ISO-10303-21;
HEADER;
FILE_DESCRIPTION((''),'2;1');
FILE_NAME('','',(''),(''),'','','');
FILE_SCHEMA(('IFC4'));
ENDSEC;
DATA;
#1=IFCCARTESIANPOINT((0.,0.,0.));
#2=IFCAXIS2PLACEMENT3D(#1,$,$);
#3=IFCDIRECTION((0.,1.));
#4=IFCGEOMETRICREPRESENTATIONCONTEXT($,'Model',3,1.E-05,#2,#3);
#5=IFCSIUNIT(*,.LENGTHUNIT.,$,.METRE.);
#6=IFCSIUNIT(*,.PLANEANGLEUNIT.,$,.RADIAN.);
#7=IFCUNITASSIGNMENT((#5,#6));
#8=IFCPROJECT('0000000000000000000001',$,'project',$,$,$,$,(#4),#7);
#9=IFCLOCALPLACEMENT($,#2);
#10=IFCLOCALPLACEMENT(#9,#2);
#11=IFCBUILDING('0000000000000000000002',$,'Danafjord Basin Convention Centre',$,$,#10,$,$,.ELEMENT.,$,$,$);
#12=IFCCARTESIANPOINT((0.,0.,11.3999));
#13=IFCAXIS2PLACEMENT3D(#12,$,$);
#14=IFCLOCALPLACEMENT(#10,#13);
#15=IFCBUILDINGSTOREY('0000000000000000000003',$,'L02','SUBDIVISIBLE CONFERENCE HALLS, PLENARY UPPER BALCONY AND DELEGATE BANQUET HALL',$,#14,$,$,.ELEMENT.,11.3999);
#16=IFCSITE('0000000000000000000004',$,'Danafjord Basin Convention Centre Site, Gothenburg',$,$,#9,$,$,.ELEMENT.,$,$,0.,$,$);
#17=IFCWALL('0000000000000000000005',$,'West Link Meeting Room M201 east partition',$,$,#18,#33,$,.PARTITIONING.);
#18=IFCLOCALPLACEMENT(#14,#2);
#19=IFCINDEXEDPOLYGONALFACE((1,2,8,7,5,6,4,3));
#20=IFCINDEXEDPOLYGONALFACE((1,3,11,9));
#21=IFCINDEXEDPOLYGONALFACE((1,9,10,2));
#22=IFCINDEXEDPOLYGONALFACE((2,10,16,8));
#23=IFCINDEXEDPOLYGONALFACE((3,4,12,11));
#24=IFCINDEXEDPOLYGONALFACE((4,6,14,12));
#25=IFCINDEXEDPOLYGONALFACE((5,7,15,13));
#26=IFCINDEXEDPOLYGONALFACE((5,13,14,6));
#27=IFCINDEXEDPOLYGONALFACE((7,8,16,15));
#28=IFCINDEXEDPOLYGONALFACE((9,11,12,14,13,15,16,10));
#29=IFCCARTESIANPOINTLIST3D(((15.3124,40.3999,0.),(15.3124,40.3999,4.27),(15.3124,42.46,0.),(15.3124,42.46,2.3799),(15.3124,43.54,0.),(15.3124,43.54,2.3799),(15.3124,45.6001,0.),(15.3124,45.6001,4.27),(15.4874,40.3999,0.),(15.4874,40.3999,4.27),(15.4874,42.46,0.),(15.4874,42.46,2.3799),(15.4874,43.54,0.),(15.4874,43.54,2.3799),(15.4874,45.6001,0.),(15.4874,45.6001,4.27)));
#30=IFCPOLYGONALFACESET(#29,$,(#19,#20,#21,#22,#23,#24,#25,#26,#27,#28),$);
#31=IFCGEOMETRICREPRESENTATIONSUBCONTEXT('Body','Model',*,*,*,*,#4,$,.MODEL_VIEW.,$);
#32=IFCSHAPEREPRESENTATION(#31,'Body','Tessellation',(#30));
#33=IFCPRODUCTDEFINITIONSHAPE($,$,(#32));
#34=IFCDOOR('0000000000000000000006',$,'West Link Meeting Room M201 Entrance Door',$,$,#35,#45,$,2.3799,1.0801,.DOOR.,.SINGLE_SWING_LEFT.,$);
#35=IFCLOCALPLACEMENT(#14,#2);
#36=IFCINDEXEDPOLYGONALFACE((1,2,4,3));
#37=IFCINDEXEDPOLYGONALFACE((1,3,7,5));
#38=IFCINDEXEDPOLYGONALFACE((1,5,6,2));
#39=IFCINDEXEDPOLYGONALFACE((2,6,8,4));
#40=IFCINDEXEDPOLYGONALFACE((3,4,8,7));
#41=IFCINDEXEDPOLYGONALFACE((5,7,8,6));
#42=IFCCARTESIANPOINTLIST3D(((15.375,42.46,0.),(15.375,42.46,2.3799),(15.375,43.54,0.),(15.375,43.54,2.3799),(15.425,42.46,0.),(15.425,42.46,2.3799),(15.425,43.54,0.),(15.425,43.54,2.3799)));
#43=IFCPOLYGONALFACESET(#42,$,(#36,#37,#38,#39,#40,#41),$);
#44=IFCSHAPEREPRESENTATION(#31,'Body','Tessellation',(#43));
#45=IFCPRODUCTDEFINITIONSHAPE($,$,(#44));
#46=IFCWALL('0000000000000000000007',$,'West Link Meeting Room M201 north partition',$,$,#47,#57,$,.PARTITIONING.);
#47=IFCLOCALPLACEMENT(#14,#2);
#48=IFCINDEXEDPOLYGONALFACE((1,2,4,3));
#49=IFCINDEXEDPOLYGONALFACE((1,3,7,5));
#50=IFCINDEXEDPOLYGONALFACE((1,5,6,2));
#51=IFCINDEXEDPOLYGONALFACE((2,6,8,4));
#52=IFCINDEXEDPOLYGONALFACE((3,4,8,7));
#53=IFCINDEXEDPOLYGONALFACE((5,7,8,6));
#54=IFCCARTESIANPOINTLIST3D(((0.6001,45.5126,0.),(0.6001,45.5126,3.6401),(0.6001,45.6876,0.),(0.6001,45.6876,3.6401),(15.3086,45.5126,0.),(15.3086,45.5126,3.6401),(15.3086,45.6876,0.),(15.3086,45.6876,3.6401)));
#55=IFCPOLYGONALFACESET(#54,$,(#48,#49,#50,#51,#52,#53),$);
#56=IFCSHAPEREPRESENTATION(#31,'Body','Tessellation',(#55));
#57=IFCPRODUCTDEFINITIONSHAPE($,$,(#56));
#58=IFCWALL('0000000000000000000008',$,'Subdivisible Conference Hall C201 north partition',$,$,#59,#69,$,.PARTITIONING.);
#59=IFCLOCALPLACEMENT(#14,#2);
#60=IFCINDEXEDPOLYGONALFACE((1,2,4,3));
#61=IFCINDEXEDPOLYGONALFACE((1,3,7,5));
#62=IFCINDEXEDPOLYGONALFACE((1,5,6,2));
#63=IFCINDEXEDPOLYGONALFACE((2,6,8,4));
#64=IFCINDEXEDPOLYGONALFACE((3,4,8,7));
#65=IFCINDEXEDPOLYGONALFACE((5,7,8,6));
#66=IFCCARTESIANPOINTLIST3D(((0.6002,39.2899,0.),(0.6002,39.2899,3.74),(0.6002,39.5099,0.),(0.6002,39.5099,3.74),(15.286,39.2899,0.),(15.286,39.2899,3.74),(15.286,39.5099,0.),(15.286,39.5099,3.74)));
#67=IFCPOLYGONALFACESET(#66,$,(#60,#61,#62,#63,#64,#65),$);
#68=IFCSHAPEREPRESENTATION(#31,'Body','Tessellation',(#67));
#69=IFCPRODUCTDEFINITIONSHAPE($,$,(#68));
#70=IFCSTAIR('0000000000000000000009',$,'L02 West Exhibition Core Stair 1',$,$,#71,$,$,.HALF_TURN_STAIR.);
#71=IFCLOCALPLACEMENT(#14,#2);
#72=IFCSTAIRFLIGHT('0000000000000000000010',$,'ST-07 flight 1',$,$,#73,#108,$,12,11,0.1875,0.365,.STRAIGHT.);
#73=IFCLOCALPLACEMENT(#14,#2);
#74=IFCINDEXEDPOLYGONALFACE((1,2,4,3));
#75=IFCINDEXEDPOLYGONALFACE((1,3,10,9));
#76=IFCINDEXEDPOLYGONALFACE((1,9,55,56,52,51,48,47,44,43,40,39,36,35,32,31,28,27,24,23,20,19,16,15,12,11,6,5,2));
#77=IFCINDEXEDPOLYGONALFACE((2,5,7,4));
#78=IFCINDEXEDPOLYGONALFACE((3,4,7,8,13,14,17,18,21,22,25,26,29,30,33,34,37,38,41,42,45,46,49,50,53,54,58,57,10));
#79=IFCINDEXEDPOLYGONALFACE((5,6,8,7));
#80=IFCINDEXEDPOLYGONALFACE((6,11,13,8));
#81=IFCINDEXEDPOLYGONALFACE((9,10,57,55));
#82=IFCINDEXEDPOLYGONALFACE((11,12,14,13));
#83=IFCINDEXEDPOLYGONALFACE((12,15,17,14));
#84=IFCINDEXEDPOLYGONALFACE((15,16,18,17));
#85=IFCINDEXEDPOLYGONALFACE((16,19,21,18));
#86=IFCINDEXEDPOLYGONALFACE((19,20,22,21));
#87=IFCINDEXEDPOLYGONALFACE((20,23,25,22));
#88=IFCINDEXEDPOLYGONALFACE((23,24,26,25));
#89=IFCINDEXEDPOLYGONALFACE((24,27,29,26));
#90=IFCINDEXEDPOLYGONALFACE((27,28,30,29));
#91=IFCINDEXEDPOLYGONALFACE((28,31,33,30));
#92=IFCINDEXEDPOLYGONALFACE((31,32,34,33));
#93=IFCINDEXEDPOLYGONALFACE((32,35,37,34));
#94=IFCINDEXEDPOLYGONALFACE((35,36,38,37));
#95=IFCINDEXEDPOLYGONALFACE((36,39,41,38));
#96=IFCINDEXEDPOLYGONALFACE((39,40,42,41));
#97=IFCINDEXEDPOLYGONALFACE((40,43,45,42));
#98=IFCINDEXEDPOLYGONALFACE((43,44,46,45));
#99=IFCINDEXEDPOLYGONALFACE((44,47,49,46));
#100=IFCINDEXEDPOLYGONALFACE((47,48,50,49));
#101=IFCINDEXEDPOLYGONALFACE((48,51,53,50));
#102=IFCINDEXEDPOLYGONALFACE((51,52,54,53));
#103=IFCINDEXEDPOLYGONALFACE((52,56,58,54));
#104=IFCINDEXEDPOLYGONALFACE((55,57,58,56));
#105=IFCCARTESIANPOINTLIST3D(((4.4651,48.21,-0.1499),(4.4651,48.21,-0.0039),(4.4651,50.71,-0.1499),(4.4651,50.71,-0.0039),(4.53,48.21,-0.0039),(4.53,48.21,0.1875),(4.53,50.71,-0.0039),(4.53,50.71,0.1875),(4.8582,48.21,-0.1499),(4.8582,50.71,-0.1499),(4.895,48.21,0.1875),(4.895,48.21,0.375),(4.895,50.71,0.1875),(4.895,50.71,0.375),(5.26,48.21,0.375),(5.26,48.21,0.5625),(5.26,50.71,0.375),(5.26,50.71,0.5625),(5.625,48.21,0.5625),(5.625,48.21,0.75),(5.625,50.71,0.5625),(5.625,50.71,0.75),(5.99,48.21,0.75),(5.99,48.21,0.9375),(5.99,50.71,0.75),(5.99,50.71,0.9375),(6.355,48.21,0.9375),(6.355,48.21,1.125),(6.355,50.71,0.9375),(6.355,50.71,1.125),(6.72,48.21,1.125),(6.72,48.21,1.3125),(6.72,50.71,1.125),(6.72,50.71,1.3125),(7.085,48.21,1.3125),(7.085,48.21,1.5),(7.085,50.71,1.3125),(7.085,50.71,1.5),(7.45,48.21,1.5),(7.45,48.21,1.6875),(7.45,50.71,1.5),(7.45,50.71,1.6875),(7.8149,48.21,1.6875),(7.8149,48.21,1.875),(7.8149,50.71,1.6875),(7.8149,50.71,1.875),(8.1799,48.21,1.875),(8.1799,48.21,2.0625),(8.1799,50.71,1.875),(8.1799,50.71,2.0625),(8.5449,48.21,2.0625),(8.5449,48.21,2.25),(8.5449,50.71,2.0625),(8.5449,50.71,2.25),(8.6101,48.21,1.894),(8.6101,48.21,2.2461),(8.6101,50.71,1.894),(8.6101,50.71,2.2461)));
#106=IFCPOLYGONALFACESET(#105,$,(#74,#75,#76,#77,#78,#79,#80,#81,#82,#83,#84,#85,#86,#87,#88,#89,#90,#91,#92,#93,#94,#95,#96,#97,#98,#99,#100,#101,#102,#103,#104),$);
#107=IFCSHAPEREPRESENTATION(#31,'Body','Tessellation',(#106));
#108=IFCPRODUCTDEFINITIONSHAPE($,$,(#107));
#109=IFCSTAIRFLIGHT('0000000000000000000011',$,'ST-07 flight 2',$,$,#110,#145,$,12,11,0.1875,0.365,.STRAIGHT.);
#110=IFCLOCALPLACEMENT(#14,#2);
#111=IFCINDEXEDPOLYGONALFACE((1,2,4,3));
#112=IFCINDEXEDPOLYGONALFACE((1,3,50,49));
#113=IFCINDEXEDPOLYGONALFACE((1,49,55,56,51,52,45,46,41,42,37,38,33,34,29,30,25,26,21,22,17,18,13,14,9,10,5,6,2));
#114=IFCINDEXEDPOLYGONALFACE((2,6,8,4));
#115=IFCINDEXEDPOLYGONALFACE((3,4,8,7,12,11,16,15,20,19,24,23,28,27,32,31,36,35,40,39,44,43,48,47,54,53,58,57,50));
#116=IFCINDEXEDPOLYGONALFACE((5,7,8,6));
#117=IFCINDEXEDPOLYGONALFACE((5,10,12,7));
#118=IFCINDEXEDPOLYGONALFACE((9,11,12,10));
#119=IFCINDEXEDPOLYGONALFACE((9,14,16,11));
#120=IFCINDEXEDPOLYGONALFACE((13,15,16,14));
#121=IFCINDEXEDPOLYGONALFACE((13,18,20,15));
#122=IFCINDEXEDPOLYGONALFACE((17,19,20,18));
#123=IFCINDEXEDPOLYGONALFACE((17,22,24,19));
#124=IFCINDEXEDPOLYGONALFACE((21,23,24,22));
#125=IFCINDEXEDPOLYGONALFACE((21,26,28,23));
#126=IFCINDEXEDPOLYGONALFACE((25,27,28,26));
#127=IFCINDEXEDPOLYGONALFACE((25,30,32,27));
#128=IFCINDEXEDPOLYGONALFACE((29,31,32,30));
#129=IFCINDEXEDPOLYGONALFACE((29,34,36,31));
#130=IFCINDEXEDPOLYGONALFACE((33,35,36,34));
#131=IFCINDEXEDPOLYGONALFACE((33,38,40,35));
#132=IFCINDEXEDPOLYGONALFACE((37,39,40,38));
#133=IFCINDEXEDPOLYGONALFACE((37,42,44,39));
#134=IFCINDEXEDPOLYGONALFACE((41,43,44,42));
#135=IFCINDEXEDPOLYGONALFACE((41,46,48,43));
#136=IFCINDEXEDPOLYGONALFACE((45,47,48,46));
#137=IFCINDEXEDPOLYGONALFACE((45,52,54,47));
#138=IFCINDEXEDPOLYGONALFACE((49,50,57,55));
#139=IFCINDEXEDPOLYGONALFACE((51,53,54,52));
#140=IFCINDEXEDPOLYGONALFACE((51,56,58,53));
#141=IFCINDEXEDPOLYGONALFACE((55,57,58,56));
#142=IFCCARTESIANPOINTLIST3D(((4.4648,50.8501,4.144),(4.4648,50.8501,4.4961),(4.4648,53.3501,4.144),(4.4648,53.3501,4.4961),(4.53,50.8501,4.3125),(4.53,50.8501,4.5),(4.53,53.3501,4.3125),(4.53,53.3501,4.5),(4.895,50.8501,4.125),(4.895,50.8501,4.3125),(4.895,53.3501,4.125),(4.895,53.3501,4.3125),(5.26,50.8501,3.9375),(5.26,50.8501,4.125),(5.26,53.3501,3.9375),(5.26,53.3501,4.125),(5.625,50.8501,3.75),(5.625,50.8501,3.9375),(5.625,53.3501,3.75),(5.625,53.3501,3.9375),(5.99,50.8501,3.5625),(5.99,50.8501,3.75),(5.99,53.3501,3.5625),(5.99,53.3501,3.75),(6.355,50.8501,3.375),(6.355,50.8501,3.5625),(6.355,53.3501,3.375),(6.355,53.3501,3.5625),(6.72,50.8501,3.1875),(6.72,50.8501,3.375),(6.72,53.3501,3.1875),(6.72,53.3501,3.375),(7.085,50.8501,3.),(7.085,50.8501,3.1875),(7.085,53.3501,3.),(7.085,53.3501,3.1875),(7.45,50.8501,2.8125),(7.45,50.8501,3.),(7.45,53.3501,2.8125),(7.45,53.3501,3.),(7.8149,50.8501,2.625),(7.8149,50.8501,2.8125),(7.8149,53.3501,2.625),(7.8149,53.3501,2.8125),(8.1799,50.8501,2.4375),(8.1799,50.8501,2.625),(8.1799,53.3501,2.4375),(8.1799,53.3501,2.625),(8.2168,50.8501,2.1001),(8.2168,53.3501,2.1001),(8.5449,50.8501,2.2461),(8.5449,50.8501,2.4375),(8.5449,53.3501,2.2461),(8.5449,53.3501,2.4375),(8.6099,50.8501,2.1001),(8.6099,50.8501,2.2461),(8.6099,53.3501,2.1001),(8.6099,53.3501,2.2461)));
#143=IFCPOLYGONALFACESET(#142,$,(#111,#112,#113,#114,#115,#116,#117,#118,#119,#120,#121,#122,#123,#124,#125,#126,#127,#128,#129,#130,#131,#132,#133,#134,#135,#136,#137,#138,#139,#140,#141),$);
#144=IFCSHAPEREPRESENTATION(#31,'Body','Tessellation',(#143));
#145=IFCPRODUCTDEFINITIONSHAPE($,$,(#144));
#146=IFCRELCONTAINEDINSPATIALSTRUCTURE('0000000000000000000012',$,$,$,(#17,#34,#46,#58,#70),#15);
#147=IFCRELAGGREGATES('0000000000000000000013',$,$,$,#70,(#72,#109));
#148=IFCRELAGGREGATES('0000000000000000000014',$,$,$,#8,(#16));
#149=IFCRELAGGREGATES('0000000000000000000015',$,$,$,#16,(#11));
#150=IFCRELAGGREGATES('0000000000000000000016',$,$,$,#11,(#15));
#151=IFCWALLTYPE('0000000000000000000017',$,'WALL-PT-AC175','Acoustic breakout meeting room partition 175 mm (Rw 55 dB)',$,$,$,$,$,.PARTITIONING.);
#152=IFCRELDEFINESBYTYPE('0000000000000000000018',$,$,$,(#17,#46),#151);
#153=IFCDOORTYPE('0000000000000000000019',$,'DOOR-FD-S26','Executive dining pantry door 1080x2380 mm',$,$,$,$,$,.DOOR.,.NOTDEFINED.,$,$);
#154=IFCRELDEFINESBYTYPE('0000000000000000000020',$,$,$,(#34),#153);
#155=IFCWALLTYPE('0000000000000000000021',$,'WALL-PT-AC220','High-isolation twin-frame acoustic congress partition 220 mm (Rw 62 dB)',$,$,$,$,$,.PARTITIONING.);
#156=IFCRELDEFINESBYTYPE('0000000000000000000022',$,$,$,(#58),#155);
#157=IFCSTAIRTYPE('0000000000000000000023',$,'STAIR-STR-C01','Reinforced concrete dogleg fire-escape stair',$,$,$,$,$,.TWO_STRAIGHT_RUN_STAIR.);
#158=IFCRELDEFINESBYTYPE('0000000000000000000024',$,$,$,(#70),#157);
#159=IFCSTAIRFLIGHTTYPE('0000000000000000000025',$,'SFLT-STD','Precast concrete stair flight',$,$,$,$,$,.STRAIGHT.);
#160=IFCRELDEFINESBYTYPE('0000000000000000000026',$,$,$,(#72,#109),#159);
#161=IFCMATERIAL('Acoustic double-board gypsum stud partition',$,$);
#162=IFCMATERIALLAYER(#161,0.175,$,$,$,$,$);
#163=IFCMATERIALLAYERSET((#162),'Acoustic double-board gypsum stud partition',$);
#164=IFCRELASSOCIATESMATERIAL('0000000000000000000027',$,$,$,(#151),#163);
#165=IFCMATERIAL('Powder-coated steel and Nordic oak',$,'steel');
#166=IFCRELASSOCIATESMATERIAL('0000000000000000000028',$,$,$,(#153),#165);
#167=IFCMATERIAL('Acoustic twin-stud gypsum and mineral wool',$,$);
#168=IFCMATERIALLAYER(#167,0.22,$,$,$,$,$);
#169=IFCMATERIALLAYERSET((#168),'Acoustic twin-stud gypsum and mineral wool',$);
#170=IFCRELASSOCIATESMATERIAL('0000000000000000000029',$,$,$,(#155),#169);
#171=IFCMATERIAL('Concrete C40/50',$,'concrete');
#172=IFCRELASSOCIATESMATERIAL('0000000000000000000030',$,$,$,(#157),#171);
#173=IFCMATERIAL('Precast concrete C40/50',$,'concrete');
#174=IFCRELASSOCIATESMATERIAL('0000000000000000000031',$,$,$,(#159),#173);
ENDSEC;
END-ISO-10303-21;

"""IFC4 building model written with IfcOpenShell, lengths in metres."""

from ifc_helpers import new_model, si_unit, direction, frame, frame_2d, origin, place, context, subcontext, project, spatial, polyline, rectangle, outline, extrude, material, layer, layer_set, type_object, element, fill, aggregate, save


model = new_model("IFC4")

# Units and contexts
model_context = context("Model", 3, precision=1e-05, world=origin(), true_north=direction((0.0, 1.0)))
body_context = subcontext(model_context, "Body", "Model", "MODEL_VIEW")
ifc_project = project(units=[si_unit("LENGTHUNIT", "METRE"), si_unit("PLANEANGLEUNIT", "RADIAN")], contexts=[model_context])

# Site, building, storey
site_placement = place(None, origin())
site = spatial("IfcSite", under=ifc_project, at=site_placement, Name="Danafjord Basin Convention Centre Site, Gothenburg", CompositionType="ELEMENT", RefElevation=0.0)
building_placement = place(site_placement, origin())
building = spatial("IfcBuilding", under=site, at=building_placement, Name="Danafjord Basin Convention Centre", CompositionType="ELEMENT")
storey_placement = place(building_placement, frame((0.0, 0.0, 11.3999)))
storey = spatial("IfcBuildingStorey", under=building, at=storey_placement, Name="L02", Description="SUBDIVISIBLE CONFERENCE HALLS, PLENARY UPPER BALCONY AND DELEGATE BANQUET HALL", CompositionType="ELEMENT", Elevation=11.3999)

# Shared definitions
ifc_material_1 = material(Name="Concrete C40/50", Category="concrete")

# Wall, opening, door
ifc_material_2 = material(Name="Acoustic double-board gypsum stud partition")
ifc_layer_1 = layer(ifc_material_2, 0.175)
ifc_layer_set_1 = layer_set([ifc_layer_1], Name="Acoustic double-board gypsum stud partition")
wall_type_1 = type_object("IfcWallType", Name="WALL-PT-AC175", Description="Acoustic breakout meeting room partition 175 mm (Rw 55 dB)", PredefinedType="PARTITIONING", material=ifc_layer_set_1)
wall_1_placement = place(storey_placement, frame((15.3999, 40.3999, 0.0), z_axis=(0.0, 0.0, 1.0), x_axis=(0.0, 1.0, 0.0)))
wall_1 = element("IfcWall", 1, at=wall_1_placement, inside=storey, type_object=wall_type_1, Name="West Link Meeting Room M201 east partition", PredefinedType="PARTITIONING", context=body_context, shape_type="SweptSolid", body=[
    extrude(rectangle(XDim=5.2002, YDim=0.175, at=frame_2d((2.6001, 0.0))), origin(), (0.0, 0.0, 1.0), 4.27),
])
opening_1_placement = place(wall_1_placement, frame((2.0601, 0.0, 0.0)))
opening_1 = element("IfcOpeningElement", 2, at=opening_1_placement, cuts=wall_1, PredefinedType="OPENING", context=body_context, shape_type="SweptSolid", body=[
    extrude(rectangle(XDim=1.0801, YDim=2.3799, at=frame_2d((0.54, 1.1899))), frame((0.0, 0.0974, 0.0), z_axis=(0.0, -1.0, 0.0), x_axis=(1.0, 0.0, 0.0)), (0.0, 0.0, 1.0), 0.1951),
])
ifc_material_3 = material(Name="Powder-coated steel and Nordic oak", Category="steel")
door_type_1 = type_object("IfcDoorType", Name="DOOR-FD-S26", Description="Executive dining pantry door 1080x2380 mm", OperationType="NOTDEFINED", PredefinedType="DOOR", material=ifc_material_3)
door_1_placement = place(opening_1_placement, origin())
door_1 = element("IfcDoor", 3, at=door_1_placement, inside=storey, type_object=door_type_1, Name="West Link Meeting Room M201 Entrance Door", OperationType="SINGLE_SWING_LEFT", OverallHeight=2.3799, OverallWidth=1.0801, PredefinedType="DOOR", context=body_context, shape_type="SweptSolid", body=[
    extrude(rectangle(XDim=1.0801, YDim=2.3799, at=frame_2d((0.54, 1.1899))), frame((0.0, 0.0249, 0.0), z_axis=(0.0, -1.0, 0.0), x_axis=(1.0, 0.0, 0.0)), (0.0, 0.0, 1.0), 0.05),
])
fill(opening_1, door_1)

# Walls
wall_2_placement = place(storey_placement, frame((15.3086, 45.6001, 0.0), z_axis=(0.0, 0.0, 1.0), x_axis=(-1.0, 0.0, 0.0)))
element("IfcWall", 4, at=wall_2_placement, inside=storey, type_object=wall_type_1, Name="West Link Meeting Room M201 north partition", PredefinedType="PARTITIONING", context=body_context, shape_type="SweptSolid", body=[
    extrude(rectangle(XDim=14.7085, YDim=0.175, at=frame_2d((7.3542, 0.0))), origin(), (0.0, 0.0, 1.0), 3.6401),
])
ifc_material_4 = material(Name="Acoustic twin-stud gypsum and mineral wool")
ifc_layer_2 = layer(ifc_material_4, 0.22)
ifc_layer_set_2 = layer_set([ifc_layer_2], Name="Acoustic twin-stud gypsum and mineral wool")
wall_type_2 = type_object("IfcWallType", Name="WALL-PT-AC220", Description="High-isolation twin-frame acoustic congress partition 220 mm (Rw 62 dB)", PredefinedType="PARTITIONING", material=ifc_layer_set_2)
wall_3_placement = place(storey_placement, frame((15.2859, 39.3999, 0.0), z_axis=(0.0, 0.0, 1.0), x_axis=(-1.0, 0.0, 0.0)))
element("IfcWall", 5, at=wall_3_placement, inside=storey, type_object=wall_type_2, Name="Subdivisible Conference Hall C201 north partition", PredefinedType="PARTITIONING", context=body_context, shape_type="SweptSolid", body=[
    extrude(rectangle(XDim=14.6858, YDim=0.22, at=frame_2d((7.3428, 0.0))), origin(), (0.0, 0.0, 1.0), 3.74),
])

# Stair, stair flights
stair_type = type_object("IfcStairType", Name="STAIR-STR-C01", Description="Reinforced concrete dogleg fire-escape stair", PredefinedType="TWO_STRAIGHT_RUN_STAIR", material=ifc_material_1)
stair_placement = place(storey_placement, origin())
stair = element("IfcStair", 6, at=stair_placement, inside=storey, type_object=stair_type, Name="L02 West Exhibition Core Stair 1", PredefinedType="HALF_TURN_STAIR")
ifc_material_5 = material(Name="Precast concrete C40/50", Category="concrete")
stair_flight_type = type_object("IfcStairFlightType", Name="SFLT-STD", Description="Precast concrete stair flight", PredefinedType="STRAIGHT", material=ifc_material_5)
stair_flight_1_placement = place(storey_placement, frame((4.53, 49.46, 0.0), z_axis=(0.0, 0.0, 1.0), x_axis=(1.0, 0.0, 0.0)))
stair_flight_1 = element("IfcStairFlight", 7, at=stair_flight_1_placement, type_object=stair_flight_type, Name="ST-07 flight 1", NumberOfRisers=12, NumberOfTreads=11, PredefinedType="STRAIGHT", RiserHeight=0.1875, TreadLength=0.365, context=body_context, shape_type="SweptSolid", body=[
    extrude(outline(polyline([(-0.0649, -0.1499), (-0.0649, -0.0039), (0.0, -0.0039), (0.0, 0.1875), (0.365, 0.1875), (0.365, 0.375), (0.73, 0.375), (0.73, 0.5625), (1.095, 0.5625), (1.095, 0.75), (1.46, 0.75), (1.46, 0.9375), (1.825, 0.9375), (1.825, 1.125), (2.1899, 1.125), (2.1899, 1.3125), (2.5549, 1.3125), (2.5549, 1.5), (2.9199, 1.5), (2.9199, 1.6875), (3.2849, 1.6875), (3.2849, 1.875), (3.6499, 1.875), (3.6499, 2.0625), (4.0149, 2.0625), (4.0149, 2.25), (4.0801, 2.2461), (4.0801, 1.894), (0.3281, -0.1499), (-0.0649, -0.1499)])), frame((0.0, 1.25, 0.0), z_axis=(0.0, -1.0, 0.0), x_axis=(1.0, 0.0, 0.0)), (0.0, 0.0, 1.0), 2.5),
])
stair_flight_2_placement = place(storey_placement, frame((8.5449, 52.1001, 2.25), z_axis=(0.0, 0.0, 1.0), x_axis=(-1.0, 0.0, 0.0)))
stair_flight_2 = element("IfcStairFlight", 8, at=stair_flight_2_placement, type_object=stair_flight_type, Name="ST-07 flight 2", NumberOfRisers=12, NumberOfTreads=11, PredefinedType="STRAIGHT", RiserHeight=0.1875, TreadLength=0.365, context=body_context, shape_type="SweptSolid", body=[
    extrude(outline(polyline([(-0.0649, -0.1499), (-0.0649, -0.0039), (0.0, -0.0039), (0.0, 0.1875), (0.365, 0.1875), (0.365, 0.375), (0.73, 0.375), (0.73, 0.5625), (1.095, 0.5625), (1.095, 0.75), (1.46, 0.75), (1.46, 0.9375), (1.825, 0.9375), (1.825, 1.125), (2.1899, 1.125), (2.1899, 1.3125), (2.5549, 1.3125), (2.5549, 1.5), (2.9199, 1.5), (2.9199, 1.6875), (3.2849, 1.6875), (3.2849, 1.875), (3.6499, 1.875), (3.6499, 2.0625), (4.0149, 2.0625), (4.0149, 2.25), (4.0801, 2.2461), (4.0801, 1.894), (0.3281, -0.1499), (-0.0649, -0.1499)])), frame((0.0, 1.25, 0.0), z_axis=(0.0, -1.0, 0.0), x_axis=(1.0, 0.0, 0.0)), (0.0, 0.0, 1.0), 2.5),
])
aggregate(stair, [stair_flight_1, stair_flight_2])

save(model, "model.ifc")
